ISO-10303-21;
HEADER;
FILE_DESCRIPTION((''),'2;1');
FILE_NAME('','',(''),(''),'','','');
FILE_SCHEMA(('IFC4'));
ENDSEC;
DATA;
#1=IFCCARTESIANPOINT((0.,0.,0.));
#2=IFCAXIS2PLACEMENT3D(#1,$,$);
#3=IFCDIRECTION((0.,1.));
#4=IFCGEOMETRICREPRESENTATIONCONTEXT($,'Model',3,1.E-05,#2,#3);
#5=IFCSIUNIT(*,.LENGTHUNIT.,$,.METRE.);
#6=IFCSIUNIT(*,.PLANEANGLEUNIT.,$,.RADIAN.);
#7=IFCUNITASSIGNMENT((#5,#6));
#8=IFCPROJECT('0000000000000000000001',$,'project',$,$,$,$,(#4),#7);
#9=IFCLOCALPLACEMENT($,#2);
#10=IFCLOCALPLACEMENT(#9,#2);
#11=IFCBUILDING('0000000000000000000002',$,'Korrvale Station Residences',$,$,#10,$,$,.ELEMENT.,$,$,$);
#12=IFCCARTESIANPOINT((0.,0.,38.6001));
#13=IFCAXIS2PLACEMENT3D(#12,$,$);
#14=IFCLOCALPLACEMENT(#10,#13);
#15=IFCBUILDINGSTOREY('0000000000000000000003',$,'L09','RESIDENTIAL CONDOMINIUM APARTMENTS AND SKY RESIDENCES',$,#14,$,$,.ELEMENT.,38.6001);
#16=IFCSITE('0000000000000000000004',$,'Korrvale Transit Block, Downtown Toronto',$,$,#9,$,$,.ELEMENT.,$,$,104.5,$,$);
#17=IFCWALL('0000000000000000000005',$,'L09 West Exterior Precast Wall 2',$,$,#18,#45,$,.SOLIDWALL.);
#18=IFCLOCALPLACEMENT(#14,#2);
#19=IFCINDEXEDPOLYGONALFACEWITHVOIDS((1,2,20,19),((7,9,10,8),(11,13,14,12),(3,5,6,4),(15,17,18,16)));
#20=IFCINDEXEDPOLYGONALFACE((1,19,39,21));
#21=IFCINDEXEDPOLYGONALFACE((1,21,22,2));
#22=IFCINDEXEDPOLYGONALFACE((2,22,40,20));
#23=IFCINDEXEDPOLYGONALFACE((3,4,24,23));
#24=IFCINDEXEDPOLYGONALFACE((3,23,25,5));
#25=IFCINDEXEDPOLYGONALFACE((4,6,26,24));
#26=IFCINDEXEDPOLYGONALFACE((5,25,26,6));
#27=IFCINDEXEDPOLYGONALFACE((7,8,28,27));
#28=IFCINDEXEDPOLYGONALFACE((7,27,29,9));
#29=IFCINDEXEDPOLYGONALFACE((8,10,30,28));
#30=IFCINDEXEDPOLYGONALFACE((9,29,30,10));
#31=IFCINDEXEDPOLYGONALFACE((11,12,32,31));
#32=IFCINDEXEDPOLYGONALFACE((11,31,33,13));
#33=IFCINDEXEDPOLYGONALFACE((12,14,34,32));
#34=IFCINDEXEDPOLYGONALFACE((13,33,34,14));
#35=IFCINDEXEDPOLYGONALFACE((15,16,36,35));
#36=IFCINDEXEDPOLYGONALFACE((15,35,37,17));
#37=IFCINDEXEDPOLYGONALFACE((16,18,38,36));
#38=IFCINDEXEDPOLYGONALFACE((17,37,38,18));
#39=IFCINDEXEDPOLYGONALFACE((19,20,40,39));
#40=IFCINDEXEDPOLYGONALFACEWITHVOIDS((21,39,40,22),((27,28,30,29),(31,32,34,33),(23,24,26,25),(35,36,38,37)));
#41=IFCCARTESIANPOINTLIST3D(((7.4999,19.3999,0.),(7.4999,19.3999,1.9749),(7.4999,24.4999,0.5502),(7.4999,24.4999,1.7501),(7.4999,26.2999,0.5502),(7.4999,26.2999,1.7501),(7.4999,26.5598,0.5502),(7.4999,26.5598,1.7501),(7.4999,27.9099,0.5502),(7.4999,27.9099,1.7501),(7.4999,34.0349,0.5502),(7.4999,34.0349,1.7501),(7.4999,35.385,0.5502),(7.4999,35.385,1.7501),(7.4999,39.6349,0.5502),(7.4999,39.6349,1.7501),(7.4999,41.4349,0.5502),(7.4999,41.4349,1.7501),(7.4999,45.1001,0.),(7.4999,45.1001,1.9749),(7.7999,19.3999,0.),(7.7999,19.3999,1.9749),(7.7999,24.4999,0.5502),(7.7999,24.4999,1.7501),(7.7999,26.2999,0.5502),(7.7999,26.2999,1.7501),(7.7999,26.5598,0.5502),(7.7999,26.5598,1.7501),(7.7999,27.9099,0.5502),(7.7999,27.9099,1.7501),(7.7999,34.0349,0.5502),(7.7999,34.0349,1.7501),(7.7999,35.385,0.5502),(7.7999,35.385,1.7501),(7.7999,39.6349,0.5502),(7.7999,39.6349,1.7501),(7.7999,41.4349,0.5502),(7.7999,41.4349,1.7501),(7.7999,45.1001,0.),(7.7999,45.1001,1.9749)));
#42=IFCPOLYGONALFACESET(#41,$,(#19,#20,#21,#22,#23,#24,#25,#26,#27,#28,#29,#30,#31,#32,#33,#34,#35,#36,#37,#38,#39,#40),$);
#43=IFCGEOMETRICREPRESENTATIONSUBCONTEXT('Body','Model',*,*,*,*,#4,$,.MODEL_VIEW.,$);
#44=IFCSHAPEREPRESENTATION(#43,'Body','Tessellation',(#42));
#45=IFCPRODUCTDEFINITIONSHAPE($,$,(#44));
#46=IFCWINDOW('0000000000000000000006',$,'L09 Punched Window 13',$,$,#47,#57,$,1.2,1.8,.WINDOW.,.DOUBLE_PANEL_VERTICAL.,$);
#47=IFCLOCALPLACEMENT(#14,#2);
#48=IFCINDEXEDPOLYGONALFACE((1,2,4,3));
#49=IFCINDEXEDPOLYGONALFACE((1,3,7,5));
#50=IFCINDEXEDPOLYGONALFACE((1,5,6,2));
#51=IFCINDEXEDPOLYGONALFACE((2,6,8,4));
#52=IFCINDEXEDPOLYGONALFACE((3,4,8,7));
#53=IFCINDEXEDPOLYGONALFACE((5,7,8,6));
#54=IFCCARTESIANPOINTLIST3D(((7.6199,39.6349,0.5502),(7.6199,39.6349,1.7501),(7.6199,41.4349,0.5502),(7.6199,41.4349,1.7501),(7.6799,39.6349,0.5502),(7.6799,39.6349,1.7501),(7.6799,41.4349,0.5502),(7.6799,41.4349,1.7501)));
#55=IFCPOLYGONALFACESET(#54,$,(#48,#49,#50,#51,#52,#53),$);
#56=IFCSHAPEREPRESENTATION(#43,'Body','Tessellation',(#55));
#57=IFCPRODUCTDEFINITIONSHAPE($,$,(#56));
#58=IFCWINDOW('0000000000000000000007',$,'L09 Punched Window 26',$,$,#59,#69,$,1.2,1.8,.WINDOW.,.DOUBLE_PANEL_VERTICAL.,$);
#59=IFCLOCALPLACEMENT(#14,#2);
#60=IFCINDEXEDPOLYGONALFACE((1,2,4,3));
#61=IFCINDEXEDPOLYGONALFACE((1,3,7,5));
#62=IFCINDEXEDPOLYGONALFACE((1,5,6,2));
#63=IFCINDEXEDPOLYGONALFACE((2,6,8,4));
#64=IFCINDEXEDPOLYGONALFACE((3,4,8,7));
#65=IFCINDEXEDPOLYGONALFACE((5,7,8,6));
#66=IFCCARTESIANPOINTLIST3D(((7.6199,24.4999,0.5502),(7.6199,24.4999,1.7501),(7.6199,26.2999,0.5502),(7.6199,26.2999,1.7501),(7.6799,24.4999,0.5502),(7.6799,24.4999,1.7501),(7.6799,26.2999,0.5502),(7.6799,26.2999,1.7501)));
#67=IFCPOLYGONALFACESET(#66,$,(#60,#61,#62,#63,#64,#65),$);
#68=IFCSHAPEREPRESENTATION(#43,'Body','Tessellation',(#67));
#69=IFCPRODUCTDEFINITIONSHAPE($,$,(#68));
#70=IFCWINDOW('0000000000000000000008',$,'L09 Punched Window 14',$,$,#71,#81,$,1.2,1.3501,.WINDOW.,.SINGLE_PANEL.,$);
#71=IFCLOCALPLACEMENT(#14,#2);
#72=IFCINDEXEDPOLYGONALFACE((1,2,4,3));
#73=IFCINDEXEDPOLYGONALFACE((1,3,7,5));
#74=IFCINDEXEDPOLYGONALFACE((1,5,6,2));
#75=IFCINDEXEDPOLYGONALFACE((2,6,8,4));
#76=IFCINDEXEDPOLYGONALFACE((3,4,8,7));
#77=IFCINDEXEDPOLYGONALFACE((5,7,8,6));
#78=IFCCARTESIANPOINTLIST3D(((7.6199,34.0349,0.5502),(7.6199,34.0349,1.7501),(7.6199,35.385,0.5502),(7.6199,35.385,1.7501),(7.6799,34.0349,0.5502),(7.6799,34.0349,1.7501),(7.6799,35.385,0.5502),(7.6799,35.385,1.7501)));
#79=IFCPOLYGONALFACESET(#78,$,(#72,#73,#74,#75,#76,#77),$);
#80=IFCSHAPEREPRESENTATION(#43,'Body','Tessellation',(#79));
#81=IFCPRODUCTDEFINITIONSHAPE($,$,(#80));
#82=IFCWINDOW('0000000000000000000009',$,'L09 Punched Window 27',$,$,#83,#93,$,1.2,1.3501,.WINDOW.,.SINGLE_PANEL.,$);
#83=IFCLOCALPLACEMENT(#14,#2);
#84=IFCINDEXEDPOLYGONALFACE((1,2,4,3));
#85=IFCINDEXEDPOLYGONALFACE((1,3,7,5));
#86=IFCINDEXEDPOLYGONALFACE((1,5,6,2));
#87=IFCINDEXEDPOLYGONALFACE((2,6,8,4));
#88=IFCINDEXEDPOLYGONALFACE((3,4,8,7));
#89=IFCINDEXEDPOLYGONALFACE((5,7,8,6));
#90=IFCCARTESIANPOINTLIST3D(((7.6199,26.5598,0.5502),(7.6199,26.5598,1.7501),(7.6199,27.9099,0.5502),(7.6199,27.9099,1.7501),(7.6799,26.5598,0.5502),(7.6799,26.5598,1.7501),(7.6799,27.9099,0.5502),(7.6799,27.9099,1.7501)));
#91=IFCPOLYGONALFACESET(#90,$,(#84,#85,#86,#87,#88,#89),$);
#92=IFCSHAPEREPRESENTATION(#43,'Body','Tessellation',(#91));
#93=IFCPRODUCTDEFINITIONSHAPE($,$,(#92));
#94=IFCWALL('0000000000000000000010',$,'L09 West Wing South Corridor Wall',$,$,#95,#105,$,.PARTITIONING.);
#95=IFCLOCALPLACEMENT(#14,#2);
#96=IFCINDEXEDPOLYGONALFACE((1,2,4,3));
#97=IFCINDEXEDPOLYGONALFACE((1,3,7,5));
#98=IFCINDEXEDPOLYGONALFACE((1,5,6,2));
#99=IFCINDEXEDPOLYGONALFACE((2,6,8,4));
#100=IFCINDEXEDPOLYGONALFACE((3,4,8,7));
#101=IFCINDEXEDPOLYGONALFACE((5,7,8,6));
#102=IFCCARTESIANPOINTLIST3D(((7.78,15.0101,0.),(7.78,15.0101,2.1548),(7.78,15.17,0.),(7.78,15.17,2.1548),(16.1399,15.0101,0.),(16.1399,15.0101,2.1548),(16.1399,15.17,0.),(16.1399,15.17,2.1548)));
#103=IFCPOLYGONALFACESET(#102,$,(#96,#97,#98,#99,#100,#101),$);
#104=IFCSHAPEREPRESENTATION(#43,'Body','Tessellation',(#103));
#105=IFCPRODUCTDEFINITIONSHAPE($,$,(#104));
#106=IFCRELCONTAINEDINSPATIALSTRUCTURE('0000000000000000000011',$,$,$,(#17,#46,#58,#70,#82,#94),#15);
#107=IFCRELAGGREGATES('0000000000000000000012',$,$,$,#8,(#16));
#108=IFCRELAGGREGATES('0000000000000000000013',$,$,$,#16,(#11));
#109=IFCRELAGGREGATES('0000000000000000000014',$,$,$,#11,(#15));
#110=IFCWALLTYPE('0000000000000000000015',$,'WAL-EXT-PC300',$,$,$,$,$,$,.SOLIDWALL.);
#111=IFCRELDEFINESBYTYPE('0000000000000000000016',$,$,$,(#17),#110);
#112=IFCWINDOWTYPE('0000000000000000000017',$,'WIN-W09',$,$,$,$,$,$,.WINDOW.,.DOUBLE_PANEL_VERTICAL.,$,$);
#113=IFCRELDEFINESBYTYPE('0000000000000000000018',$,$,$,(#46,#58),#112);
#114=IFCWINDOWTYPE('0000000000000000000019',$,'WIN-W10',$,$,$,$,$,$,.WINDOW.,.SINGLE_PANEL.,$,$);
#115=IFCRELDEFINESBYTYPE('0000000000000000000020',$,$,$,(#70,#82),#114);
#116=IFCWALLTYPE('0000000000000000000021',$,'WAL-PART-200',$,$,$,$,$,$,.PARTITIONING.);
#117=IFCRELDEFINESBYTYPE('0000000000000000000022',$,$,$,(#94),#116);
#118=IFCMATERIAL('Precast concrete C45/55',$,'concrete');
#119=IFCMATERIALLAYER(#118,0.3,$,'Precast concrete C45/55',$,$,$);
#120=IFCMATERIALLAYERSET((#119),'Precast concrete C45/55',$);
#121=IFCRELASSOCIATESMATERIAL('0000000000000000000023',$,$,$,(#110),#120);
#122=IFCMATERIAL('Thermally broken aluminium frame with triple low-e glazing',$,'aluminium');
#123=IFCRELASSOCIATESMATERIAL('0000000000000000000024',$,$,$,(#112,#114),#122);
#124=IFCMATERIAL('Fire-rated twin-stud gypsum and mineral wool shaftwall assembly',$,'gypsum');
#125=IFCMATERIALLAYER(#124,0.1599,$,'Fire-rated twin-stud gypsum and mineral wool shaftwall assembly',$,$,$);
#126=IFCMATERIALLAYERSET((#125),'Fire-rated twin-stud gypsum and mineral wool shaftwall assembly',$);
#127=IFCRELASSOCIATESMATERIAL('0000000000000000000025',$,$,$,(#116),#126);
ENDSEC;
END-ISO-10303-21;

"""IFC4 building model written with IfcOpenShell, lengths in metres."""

from ifc_helpers import new_model, si_unit, direction, frame, frame_2d, origin, place, context, subcontext, project, spatial, rectangle, extrude, material, layer, layer_set, type_object, element, fill, save


model = new_model("IFC4")

# Units and contexts
model_context = context("Model", 3, precision=1e-05, world=origin(), true_north=direction((0.0, 1.0)))
body_context = subcontext(model_context, "Body", "Model", "MODEL_VIEW")
ifc_project = project(units=[si_unit("LENGTHUNIT", "METRE"), si_unit("PLANEANGLEUNIT", "RADIAN")], contexts=[model_context])

# Site, building, storey
site_placement = place(None, origin())
site = spatial("IfcSite", under=ifc_project, at=site_placement, Name="Korrvale Transit Block, Downtown Toronto", CompositionType="ELEMENT", RefElevation=104.5)
building_placement = place(site_placement, origin())
building = spatial("IfcBuilding", under=site, at=building_placement, Name="Korrvale Station Residences", CompositionType="ELEMENT")
storey_placement = place(building_placement, frame((0.0, 0.0, 38.6001)))
storey = spatial("IfcBuildingStorey", under=building, at=storey_placement, Name="L09", Description="RESIDENTIAL CONDOMINIUM APARTMENTS AND SKY RESIDENCES", CompositionType="ELEMENT", Elevation=38.6001)

# Shared definitions
ifc_material_1 = material(Name="Precast concrete C45/55", Category="concrete")

# Shared definitions
ifc_material_2 = material(Name="Thermally broken aluminium frame with triple low-e glazing", Category="aluminium")

# Wall, openings, windows
ifc_layer_1 = layer(ifc_material_1, 0.3, Name="Precast concrete C45/55")
ifc_layer_set_1 = layer_set([ifc_layer_1], Name="Precast concrete C45/55")
wall_type_1 = type_object("IfcWallType", Name="WAL-EXT-PC300", PredefinedType="SOLIDWALL", material=ifc_layer_set_1)
wall_1_placement = place(storey_placement, frame((7.6499, 19.3999, 0.0), z_axis=(0.0, 0.0, 1.0), x_axis=(0.0, 1.0, 0.0)))
wall_1 = element("IfcWall", 1, at=wall_1_placement, inside=storey, type_object=wall_type_1, Name="L09 West Exterior Precast Wall 2", PredefinedType="SOLIDWALL", context=body_context, shape_type="SweptSolid", body=[
    extrude(rectangle(XDim=25.7002, YDim=0.3, at=frame_2d((12.8501, 0.0))), origin(), (0.0, 0.0, 1.0), 1.9749),
])
opening_1_placement = place(wall_1_placement, frame((20.2351, 0.0, 0.55)))
opening_1 = element("IfcOpeningElement", 2, at=opening_1_placement, cuts=wall_1, PredefinedType="OPENING", context=body_context, shape_type="SweptSolid", body=[
    extrude(rectangle(XDim=1.8, YDim=1.2, at=frame_2d((0.8999, 0.6001))), frame((0.0, 0.1602, 0.0), z_axis=(0.0, -1.0, 0.0), x_axis=(1.0, 0.0, 0.0)), (0.0, 0.0, 1.0), 0.3201),
])
opening_2_placement = place(wall_1_placement, frame((14.635, 0.0, 0.55)))
opening_2 = element("IfcOpeningElement", 3, at=opening_2_placement, cuts=wall_1, PredefinedType="OPENING", context=body_context, shape_type="SweptSolid", body=[
    extrude(rectangle(XDim=1.3501, YDim=1.2, at=frame_2d((0.675, 0.6001))), frame((0.0, 0.1602, 0.0), z_axis=(0.0, -1.0, 0.0), x_axis=(1.0, 0.0, 0.0)), (0.0, 0.0, 1.0), 0.3201),
])
opening_3_placement = place(wall_1_placement, frame((5.1001, 0.0, 0.55)))
opening_3 = element("IfcOpeningElement", 4, at=opening_3_placement, cuts=wall_1, PredefinedType="OPENING", context=body_context, shape_type="SweptSolid", body=[
    extrude(rectangle(XDim=1.8, YDim=1.2, at=frame_2d((0.8999, 0.6001))), frame((0.0, 0.1602, 0.0), z_axis=(0.0, -1.0, 0.0), x_axis=(1.0, 0.0, 0.0)), (0.0, 0.0, 1.0), 0.3201),
])
opening_4_placement = place(wall_1_placement, frame((7.1599, 0.0, 0.55)))
opening_4 = element("IfcOpeningElement", 5, at=opening_4_placement, cuts=wall_1, PredefinedType="OPENING", context=body_context, shape_type="SweptSolid", body=[
    extrude(rectangle(XDim=1.3501, YDim=1.2, at=frame_2d((0.675, 0.6001))), frame((0.0, 0.1602, 0.0), z_axis=(0.0, -1.0, 0.0), x_axis=(1.0, 0.0, 0.0)), (0.0, 0.0, 1.0), 0.3201),
])
window_type_1 = type_object("IfcWindowType", Name="WIN-W09", PartitioningType="DOUBLE_PANEL_VERTICAL", PredefinedType="WINDOW", material=ifc_material_2)
window_1_placement = place(opening_1_placement, origin())
window_1 = element("IfcWindow", 6, at=window_1_placement, inside=storey, type_object=window_type_1, Name="L09 Punched Window 13", OverallHeight=1.2, OverallWidth=1.8, PartitioningType="DOUBLE_PANEL_VERTICAL", PredefinedType="WINDOW", context=body_context, shape_type="SweptSolid", body=[
    extrude(rectangle(XDim=1.8, YDim=1.2, at=frame_2d((0.8999, 0.6001))), frame((0.0, 0.03, 0.0), z_axis=(0.0, -1.0, 0.0), x_axis=(1.0, 0.0, 0.0)), (0.0, 0.0, 1.0), 0.0601),
])
fill(opening_1, window_1)
window_2_placement = place(opening_3_placement, origin())
window_2 = element("IfcWindow", 7, at=window_2_placement, inside=storey, type_object=window_type_1, Name="L09 Punched Window 26", OverallHeight=1.2, OverallWidth=1.8, PartitioningType="DOUBLE_PANEL_VERTICAL", PredefinedType="WINDOW", context=body_context, shape_type="SweptSolid", body=[
    extrude(rectangle(XDim=1.8, YDim=1.2, at=frame_2d((0.8999, 0.6001))), frame((0.0, 0.03, 0.0), z_axis=(0.0, -1.0, 0.0), x_axis=(1.0, 0.0, 0.0)), (0.0, 0.0, 1.0), 0.0601),
])
fill(opening_3, window_2)
window_type_2 = type_object("IfcWindowType", Name="WIN-W10", PartitioningType="SINGLE_PANEL", PredefinedType="WINDOW", material=ifc_material_2)
window_3_placement = place(opening_2_placement, origin())
window_3 = element("IfcWindow", 8, at=window_3_placement, inside=storey, type_object=window_type_2, Name="L09 Punched Window 14", OverallHeight=1.2, OverallWidth=1.3501, PartitioningType="SINGLE_PANEL", PredefinedType="WINDOW", context=body_context, shape_type="SweptSolid", body=[
    extrude(rectangle(XDim=1.3501, YDim=1.2, at=frame_2d((0.675, 0.6001))), frame((0.0, 0.03, 0.0), z_axis=(0.0, -1.0, 0.0), x_axis=(1.0, 0.0, 0.0)), (0.0, 0.0, 1.0), 0.0601),
])
fill(opening_2, window_3)
window_4_placement = place(opening_4_placement, origin())
window_4 = element("IfcWindow", 9, at=window_4_placement, inside=storey, type_object=window_type_2, Name="L09 Punched Window 27", OverallHeight=1.2, OverallWidth=1.3501, PartitioningType="SINGLE_PANEL", PredefinedType="WINDOW", context=body_context, shape_type="SweptSolid", body=[
    extrude(rectangle(XDim=1.3501, YDim=1.2, at=frame_2d((0.675, 0.6001))), frame((0.0, 0.03, 0.0), z_axis=(0.0, -1.0, 0.0), x_axis=(1.0, 0.0, 0.0)), (0.0, 0.0, 1.0), 0.0601),
])
fill(opening_4, window_4)

# Wall
ifc_material_3 = material(Name="Fire-rated twin-stud gypsum and mineral wool shaftwall assembly", Category="gypsum")
ifc_layer_2 = layer(ifc_material_3, 0.1599, Name="Fire-rated twin-stud gypsum and mineral wool shaftwall assembly")
ifc_layer_set_2 = layer_set([ifc_layer_2], Name="Fire-rated twin-stud gypsum and mineral wool shaftwall assembly")
wall_type_2 = type_object("IfcWallType", Name="WAL-PART-200", PredefinedType="PARTITIONING", material=ifc_layer_set_2)
wall_2_placement = place(storey_placement, frame((7.78, 15.0901, 0.0), z_axis=(0.0, 0.0, 1.0), x_axis=(1.0, 0.0, 0.0)))
element("IfcWall", 10, at=wall_2_placement, inside=storey, type_object=wall_type_2, Name="L09 West Wing South Corridor Wall", PredefinedType="PARTITIONING", context=body_context, shape_type="SweptSolid", body=[
    extrude(rectangle(XDim=8.3599, YDim=0.1599, at=frame_2d((4.1799, 0.0))), origin(), (0.0, 0.0, 1.0), 2.1548),
])

save(model, "model.ifc")
